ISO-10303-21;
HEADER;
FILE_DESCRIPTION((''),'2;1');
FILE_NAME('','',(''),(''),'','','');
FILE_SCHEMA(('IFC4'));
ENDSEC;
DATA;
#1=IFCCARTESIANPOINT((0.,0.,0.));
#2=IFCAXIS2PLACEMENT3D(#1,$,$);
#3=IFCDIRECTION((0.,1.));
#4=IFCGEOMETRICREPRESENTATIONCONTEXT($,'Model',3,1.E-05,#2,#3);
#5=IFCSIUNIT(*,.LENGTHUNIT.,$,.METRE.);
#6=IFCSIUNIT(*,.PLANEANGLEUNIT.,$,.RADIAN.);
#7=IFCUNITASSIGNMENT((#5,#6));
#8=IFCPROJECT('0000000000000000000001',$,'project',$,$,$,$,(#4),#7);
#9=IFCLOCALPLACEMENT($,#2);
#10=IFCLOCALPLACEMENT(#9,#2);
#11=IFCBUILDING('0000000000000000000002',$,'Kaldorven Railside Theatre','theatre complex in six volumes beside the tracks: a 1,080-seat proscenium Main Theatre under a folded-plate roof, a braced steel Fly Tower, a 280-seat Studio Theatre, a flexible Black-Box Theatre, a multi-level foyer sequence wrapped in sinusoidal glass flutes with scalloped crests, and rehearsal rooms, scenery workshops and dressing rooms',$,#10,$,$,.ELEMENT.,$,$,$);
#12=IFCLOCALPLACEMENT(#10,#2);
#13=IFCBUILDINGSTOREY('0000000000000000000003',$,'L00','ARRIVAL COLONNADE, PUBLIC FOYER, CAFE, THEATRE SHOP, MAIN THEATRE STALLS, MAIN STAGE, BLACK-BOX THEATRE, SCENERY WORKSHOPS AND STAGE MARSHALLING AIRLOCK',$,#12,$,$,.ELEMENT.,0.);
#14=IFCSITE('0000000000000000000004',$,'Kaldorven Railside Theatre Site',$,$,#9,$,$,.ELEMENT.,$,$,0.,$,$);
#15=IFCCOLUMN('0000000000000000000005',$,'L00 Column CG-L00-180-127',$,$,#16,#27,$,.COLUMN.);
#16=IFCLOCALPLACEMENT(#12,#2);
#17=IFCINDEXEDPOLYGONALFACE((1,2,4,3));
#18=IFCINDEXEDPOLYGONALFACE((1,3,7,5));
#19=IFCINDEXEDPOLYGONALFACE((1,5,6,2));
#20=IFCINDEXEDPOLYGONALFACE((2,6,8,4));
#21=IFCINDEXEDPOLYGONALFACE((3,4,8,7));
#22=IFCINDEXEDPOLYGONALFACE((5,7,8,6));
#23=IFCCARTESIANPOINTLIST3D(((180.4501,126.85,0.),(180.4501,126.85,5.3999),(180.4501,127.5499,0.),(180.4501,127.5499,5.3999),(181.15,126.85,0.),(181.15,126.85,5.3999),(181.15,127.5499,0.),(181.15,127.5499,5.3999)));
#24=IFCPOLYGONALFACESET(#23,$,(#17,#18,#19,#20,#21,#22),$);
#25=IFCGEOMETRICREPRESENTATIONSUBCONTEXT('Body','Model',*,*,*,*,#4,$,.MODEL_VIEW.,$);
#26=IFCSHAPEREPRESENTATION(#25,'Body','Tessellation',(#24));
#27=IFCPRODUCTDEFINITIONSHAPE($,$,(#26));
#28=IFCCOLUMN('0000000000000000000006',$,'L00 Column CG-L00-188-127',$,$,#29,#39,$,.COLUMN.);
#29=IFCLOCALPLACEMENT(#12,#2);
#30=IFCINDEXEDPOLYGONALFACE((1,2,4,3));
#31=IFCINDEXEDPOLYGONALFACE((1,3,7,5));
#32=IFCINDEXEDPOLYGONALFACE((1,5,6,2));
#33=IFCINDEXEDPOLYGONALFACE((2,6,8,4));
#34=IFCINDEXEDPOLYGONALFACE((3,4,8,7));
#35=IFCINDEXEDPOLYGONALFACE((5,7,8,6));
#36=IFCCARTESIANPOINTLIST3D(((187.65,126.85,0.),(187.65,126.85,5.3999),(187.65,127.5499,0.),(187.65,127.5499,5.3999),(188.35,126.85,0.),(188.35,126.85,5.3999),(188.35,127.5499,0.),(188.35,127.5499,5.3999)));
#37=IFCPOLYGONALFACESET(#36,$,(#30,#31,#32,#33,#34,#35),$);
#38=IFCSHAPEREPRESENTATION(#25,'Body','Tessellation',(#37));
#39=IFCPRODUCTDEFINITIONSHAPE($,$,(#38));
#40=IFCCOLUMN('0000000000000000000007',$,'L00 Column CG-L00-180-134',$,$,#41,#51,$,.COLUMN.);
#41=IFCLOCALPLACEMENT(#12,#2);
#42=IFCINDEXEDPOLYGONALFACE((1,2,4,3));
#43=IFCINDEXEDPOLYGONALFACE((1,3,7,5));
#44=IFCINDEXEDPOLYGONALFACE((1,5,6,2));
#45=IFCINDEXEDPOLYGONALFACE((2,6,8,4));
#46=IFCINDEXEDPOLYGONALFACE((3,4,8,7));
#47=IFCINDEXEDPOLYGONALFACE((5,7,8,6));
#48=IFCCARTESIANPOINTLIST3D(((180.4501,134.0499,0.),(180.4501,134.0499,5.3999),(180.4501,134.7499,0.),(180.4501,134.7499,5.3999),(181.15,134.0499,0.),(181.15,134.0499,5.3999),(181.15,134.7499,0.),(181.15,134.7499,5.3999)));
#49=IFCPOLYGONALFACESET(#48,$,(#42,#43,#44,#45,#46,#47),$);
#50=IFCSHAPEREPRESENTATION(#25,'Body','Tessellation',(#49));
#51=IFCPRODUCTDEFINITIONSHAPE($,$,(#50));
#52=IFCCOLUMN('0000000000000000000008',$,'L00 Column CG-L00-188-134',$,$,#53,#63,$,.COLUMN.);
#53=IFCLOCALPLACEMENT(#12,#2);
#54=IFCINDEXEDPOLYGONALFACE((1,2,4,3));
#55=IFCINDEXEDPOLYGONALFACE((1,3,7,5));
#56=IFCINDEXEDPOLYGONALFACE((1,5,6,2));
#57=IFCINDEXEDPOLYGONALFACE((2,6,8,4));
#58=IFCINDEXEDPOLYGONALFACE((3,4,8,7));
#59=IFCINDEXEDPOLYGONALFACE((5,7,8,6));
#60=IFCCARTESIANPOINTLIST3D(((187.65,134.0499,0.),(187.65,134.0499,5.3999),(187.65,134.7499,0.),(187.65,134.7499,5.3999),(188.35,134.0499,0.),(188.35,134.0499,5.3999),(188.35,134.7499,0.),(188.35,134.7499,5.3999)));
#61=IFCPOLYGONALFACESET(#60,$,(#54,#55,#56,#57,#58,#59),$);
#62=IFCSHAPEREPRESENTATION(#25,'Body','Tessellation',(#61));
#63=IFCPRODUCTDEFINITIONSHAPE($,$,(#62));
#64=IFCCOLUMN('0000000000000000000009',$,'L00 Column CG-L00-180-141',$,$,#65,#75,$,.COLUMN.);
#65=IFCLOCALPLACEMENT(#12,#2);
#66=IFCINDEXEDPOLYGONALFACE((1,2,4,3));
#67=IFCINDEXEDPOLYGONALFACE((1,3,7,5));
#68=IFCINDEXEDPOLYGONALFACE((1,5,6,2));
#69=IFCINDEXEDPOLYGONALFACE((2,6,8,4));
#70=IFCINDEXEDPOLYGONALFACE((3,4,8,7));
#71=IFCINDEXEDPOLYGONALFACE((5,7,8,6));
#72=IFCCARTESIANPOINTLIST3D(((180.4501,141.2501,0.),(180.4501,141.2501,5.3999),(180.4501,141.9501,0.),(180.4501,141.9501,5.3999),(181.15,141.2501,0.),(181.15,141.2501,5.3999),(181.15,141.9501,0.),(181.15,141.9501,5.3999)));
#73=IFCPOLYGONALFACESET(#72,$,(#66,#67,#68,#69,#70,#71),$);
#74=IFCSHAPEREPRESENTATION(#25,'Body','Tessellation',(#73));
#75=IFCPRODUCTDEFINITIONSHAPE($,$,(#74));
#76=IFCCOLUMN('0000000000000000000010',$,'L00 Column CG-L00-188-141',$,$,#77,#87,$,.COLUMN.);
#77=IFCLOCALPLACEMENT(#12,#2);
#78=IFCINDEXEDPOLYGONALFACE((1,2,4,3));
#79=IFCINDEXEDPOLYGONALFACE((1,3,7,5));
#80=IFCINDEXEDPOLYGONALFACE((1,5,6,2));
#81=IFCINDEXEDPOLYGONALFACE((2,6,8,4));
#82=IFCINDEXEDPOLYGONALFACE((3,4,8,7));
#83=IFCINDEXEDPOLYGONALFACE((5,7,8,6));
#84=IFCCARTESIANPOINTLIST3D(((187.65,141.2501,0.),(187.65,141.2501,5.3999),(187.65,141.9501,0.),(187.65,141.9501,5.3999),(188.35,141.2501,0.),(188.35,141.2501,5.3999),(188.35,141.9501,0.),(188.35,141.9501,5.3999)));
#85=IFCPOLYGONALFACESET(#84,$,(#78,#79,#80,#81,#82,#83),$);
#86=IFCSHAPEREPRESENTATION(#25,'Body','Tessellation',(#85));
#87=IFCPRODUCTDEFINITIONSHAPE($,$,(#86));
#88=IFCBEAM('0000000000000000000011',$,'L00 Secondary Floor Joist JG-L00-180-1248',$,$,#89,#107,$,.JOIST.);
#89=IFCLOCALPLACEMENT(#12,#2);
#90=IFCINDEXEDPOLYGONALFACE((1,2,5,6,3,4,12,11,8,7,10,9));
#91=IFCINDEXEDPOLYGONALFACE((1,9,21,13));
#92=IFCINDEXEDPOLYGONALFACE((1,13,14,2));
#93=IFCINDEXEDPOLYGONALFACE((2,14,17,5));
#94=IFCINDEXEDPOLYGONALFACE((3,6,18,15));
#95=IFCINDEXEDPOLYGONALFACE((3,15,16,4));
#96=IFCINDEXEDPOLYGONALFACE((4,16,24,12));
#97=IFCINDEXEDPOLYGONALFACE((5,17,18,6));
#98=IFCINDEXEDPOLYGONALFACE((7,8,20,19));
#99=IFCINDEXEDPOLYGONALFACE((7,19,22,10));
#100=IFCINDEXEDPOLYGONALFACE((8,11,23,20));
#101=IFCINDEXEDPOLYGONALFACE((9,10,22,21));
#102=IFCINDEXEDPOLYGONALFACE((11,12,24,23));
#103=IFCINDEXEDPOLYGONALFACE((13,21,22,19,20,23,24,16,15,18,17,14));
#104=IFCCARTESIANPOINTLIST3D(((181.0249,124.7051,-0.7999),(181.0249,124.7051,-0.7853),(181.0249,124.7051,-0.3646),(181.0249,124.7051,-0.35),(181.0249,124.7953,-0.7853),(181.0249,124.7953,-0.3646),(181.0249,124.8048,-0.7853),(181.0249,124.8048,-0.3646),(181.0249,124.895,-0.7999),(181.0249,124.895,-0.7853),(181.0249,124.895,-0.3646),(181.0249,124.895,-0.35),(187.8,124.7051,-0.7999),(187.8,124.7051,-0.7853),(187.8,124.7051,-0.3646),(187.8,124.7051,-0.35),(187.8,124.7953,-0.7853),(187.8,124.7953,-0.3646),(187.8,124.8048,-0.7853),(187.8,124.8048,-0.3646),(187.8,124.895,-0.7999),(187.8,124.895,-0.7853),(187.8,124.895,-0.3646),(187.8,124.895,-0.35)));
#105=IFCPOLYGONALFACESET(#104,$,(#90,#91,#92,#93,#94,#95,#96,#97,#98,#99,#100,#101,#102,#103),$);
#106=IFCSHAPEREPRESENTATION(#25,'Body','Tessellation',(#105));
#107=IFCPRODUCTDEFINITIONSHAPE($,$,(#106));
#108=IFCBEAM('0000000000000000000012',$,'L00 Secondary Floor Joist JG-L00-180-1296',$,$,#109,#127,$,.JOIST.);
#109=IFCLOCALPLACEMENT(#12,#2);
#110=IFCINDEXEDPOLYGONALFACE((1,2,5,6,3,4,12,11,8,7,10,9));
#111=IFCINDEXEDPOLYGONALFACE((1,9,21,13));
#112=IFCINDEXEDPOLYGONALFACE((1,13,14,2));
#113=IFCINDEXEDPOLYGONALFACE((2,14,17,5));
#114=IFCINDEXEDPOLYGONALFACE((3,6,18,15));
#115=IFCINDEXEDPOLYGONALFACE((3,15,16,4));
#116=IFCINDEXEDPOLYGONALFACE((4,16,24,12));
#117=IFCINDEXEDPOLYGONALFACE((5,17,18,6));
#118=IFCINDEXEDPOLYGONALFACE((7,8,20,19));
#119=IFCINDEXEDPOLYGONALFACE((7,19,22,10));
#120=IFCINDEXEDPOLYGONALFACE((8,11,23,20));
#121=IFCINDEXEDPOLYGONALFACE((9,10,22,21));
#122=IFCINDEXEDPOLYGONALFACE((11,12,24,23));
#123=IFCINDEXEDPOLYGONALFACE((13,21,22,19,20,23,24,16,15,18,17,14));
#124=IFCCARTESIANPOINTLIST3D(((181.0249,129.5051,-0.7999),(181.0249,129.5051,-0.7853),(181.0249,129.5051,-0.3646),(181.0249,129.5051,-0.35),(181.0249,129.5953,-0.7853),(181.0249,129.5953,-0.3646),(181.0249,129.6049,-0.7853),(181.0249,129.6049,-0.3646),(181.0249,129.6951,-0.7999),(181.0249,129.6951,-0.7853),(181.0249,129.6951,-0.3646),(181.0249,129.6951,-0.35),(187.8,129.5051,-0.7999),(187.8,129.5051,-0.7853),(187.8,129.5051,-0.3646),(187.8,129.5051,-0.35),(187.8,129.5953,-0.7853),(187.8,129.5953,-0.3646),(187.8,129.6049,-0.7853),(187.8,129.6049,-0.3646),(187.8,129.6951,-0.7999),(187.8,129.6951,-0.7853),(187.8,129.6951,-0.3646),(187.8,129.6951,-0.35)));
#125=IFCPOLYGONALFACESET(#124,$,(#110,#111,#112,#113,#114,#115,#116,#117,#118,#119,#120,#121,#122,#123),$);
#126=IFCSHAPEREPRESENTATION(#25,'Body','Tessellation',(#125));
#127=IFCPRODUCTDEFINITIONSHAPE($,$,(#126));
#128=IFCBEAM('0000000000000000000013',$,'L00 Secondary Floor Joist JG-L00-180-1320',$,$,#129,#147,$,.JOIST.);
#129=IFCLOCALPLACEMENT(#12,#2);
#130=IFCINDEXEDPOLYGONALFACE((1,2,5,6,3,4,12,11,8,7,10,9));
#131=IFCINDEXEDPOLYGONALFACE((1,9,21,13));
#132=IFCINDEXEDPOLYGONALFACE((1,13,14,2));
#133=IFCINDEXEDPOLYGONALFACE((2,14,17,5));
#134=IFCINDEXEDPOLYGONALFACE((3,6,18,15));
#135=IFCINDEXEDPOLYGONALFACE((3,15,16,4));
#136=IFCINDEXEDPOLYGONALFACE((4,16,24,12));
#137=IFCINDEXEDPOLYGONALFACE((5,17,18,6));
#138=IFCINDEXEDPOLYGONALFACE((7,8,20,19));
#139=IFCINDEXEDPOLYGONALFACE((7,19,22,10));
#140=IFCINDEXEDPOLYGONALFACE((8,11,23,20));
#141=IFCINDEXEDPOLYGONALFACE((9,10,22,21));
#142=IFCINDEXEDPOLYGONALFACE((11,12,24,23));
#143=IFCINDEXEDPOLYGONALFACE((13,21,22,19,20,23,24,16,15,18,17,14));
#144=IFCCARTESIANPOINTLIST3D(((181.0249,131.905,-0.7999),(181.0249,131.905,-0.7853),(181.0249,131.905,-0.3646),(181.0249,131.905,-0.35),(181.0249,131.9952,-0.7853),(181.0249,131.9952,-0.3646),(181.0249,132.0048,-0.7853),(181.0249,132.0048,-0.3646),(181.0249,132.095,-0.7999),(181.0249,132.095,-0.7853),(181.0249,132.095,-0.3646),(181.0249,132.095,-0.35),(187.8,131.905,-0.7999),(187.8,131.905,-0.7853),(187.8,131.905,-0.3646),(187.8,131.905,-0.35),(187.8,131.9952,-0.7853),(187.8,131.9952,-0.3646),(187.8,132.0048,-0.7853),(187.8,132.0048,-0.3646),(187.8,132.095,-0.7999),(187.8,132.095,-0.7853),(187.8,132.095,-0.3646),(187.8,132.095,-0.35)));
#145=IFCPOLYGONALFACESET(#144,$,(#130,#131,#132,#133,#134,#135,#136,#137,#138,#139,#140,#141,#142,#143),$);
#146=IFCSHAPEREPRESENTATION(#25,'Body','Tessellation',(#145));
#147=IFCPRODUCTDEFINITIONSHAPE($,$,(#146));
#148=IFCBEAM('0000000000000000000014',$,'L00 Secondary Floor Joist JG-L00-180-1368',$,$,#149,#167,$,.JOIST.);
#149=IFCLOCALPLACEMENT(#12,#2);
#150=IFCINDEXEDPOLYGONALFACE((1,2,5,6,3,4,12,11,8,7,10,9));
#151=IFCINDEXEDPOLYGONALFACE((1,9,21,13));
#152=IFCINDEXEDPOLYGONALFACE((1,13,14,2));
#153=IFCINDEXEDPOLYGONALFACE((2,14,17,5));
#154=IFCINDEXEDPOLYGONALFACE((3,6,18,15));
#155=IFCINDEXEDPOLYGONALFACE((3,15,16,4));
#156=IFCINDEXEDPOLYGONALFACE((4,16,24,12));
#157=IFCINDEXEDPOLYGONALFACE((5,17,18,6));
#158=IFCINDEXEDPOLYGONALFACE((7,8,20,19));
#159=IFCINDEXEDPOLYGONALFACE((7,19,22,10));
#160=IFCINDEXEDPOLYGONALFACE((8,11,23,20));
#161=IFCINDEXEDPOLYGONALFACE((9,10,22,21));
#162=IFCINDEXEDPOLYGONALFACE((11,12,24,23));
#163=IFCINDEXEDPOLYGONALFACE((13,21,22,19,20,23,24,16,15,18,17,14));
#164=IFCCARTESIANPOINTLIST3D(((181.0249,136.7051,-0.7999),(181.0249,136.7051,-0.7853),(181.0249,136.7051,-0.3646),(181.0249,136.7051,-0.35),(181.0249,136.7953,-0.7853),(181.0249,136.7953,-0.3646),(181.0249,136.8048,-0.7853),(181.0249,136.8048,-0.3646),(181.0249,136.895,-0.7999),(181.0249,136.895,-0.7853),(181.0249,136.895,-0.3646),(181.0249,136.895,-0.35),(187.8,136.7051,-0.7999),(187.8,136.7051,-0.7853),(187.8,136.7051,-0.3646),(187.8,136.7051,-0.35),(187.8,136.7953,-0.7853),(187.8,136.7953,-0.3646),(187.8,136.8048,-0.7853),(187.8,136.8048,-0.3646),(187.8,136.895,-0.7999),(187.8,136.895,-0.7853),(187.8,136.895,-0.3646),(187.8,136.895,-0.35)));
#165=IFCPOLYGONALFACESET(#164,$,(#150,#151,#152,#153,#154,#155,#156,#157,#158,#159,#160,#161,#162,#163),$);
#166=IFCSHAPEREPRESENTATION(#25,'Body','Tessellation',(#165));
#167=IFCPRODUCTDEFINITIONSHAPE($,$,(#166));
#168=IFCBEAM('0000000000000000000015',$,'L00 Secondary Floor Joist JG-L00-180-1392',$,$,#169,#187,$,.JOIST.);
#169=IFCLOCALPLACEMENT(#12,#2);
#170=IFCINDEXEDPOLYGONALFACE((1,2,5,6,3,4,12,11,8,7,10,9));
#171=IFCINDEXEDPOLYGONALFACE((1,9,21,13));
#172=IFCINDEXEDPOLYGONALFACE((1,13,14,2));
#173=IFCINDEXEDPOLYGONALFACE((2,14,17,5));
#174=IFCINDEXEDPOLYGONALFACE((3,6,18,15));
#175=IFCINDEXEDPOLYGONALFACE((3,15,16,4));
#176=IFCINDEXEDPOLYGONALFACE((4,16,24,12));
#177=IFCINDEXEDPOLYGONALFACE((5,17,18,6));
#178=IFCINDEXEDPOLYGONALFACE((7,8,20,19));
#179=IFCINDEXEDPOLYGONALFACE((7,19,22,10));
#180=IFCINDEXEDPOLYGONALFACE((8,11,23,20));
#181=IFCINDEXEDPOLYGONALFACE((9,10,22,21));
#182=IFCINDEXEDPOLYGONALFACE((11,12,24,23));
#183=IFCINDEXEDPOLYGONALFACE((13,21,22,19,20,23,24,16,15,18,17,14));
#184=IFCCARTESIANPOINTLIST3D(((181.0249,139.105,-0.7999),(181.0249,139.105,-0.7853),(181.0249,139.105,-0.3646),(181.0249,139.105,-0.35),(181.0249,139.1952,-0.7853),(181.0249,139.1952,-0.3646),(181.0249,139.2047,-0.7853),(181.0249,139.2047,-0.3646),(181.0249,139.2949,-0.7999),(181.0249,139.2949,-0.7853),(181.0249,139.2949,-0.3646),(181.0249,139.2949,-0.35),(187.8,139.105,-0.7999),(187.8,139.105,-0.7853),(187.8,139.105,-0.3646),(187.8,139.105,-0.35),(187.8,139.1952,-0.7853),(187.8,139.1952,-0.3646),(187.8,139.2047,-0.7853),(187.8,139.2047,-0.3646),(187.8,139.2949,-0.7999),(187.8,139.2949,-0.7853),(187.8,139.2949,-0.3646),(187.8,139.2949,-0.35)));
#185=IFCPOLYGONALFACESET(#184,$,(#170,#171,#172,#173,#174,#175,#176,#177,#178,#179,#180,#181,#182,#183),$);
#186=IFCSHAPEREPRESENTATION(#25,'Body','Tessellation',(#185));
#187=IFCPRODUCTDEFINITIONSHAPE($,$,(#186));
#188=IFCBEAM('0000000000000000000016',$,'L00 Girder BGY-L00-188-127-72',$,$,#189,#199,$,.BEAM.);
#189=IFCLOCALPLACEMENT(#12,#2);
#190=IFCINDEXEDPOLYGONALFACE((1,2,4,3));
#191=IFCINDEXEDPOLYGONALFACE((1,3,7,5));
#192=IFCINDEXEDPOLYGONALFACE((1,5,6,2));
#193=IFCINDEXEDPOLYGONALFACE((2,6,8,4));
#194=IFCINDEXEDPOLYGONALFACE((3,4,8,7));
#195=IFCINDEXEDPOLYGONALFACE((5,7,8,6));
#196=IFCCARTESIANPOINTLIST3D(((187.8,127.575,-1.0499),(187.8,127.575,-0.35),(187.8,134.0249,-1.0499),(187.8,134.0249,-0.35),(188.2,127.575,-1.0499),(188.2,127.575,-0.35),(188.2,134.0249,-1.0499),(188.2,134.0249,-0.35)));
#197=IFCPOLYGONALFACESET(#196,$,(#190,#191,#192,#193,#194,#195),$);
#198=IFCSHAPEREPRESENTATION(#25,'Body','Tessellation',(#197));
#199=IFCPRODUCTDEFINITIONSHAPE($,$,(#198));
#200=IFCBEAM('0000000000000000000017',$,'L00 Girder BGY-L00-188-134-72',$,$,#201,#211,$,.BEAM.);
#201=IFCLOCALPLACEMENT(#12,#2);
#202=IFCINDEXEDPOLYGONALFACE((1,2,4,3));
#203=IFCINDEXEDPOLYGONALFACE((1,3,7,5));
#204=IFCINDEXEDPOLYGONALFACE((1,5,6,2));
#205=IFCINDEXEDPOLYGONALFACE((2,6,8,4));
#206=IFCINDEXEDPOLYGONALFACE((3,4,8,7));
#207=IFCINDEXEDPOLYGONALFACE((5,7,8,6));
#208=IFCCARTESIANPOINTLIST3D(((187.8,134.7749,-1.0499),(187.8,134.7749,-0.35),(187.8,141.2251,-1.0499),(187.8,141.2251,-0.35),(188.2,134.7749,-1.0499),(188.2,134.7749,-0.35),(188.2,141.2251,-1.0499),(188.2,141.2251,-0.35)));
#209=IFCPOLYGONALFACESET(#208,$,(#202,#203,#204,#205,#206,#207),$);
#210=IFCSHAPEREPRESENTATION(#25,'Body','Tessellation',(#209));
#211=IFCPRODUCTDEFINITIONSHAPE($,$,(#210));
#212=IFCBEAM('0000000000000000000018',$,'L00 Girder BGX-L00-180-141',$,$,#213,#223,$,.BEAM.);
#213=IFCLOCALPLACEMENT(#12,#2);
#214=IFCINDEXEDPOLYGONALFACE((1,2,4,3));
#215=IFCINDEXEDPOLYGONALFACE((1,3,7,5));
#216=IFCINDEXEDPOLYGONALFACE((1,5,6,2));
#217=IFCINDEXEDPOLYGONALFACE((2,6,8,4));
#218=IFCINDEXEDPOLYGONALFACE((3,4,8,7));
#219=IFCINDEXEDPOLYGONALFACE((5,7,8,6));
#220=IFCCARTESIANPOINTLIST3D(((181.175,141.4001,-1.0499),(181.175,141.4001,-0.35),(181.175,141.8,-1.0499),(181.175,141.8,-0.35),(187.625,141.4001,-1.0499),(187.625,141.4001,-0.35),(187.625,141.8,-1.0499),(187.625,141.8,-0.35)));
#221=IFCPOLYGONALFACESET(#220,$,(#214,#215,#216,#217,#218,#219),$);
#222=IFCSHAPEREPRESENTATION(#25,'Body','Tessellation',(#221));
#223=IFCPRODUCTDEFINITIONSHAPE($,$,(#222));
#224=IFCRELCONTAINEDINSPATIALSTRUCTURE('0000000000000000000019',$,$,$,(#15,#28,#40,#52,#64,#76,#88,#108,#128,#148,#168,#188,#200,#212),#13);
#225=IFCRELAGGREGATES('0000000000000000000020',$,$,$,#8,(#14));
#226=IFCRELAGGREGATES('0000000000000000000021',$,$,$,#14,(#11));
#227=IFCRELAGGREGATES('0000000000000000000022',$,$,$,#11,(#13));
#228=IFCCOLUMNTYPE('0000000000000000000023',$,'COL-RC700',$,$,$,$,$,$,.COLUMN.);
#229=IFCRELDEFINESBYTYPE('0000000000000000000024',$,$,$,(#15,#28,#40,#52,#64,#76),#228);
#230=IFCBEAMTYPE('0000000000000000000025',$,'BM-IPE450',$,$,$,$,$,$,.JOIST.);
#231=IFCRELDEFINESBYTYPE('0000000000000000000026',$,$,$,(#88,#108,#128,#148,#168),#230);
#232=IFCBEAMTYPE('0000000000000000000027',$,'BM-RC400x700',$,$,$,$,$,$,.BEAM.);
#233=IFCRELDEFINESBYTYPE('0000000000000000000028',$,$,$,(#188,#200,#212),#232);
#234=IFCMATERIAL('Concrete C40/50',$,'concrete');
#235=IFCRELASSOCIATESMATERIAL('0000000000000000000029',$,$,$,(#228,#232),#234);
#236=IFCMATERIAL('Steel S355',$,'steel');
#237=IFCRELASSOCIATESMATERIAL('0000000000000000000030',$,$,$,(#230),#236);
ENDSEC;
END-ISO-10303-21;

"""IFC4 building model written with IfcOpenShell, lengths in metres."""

from ifc_helpers import new_model, si_unit, direction, frame, origin, origin_2d, place, context, subcontext, project, spatial, rectangle, i_section, extrude, material, material_profile, profile_set, type_object, element, save


model = new_model("IFC4")

# Units and contexts
model_context = context("Model", 3, precision=1e-05, world=origin(), true_north=direction((0.0, 1.0)))
body_context = subcontext(model_context, "Body", "Model", "MODEL_VIEW")
ifc_project = project(units=[si_unit("LENGTHUNIT", "METRE"), si_unit("PLANEANGLEUNIT", "RADIAN")], contexts=[model_context])

# Site, building, storey
site_placement = place(None, origin())
site = spatial("IfcSite", under=ifc_project, at=site_placement, Name="Kaldorven Railside Theatre Site", CompositionType="ELEMENT", RefElevation=0.0)
building_placement = place(site_placement, origin())
building = spatial("IfcBuilding", under=site, at=building_placement, Name="Kaldorven Railside Theatre", Description="theatre complex in six volumes beside the tracks: a 1,080-seat proscenium Main Theatre under a folded-plate roof, a braced steel Fly Tower, a 280-seat Studio Theatre, a flexible Black-Box Theatre, a multi-level foyer sequence wrapped in sinusoidal glass flutes with scalloped crests, and rehearsal rooms, scenery workshops and dressing rooms", CompositionType="ELEMENT")
storey_placement = place(building_placement, origin())
storey = spatial("IfcBuildingStorey", under=building, at=storey_placement, Name="L00", Description="ARRIVAL COLONNADE, PUBLIC FOYER, CAFE, THEATRE SHOP, MAIN THEATRE STALLS, MAIN STAGE, BLACK-BOX THEATRE, SCENERY WORKSHOPS AND STAGE MARSHALLING AIRLOCK", CompositionType="ELEMENT", Elevation=0.0)

# Columns
ifc_material_1 = material(Name="Concrete C40/50", Category="concrete")
ifc_material_profile_1 = material_profile(ifc_material_1, rectangle(XDim=0.7, YDim=0.7, at=origin_2d()), Name="RC 700x700")
ifc_profile_set_1 = profile_set([ifc_material_profile_1], Name="Concrete C40/50")
column_type = type_object("IfcColumnType", Name="COL-RC700", PredefinedType="COLUMN", material=ifc_profile_set_1)
for number, where, z_axis, x_axis, name in (
    (1, (180.8, 127.2, 0.0), (0.0, 0.0, 1.0), (1.0, 0.0, 0.0), "L00 Column CG-L00-180-127"),
    (2, (188.0, 127.2, 0.0), (0.0, 0.0, 1.0), (0.0, 1.0, 0.0), "L00 Column CG-L00-188-127"),
    (3, (180.8, 134.3999, 0.0), (0.0, 0.0, 1.0), (0.0, 1.0, 0.0), "L00 Column CG-L00-180-134"),
    (4, (188.0, 134.3999, 0.0), (0.0, 0.0, 1.0), (1.0, 0.0, 0.0), "L00 Column CG-L00-188-134"),
    (5, (180.8, 141.6001, 0.0), (0.0, 0.0, 1.0), (1.0, 0.0, 0.0), "L00 Column CG-L00-180-141"),
    (6, (188.0, 141.6001, 0.0), (0.0, 0.0, 1.0), (0.0, 1.0, 0.0), "L00 Column CG-L00-188-141"),
):
    element("IfcColumn", number, at=place(storey_placement, frame(where, z_axis=z_axis, x_axis=x_axis)), inside=storey, type_object=column_type, Name=name, PredefinedType="COLUMN", context=body_context, shape_type="SweptSolid", body=[
        extrude(rectangle(XDim=0.7, YDim=0.7, at=origin_2d()), origin(), (0.0, 0.0, 1.0), 5.3999),
    ])

# Beams
ifc_material_2 = material(Name="Steel S355", Category="steel")
ifc_material_profile_2 = material_profile(ifc_material_2, i_section(OverallWidth=0.1899, OverallDepth=0.45, WebThickness=0.0095, FlangeThickness=0.0146, at=origin_2d()), Name="IPE 450")
ifc_profile_set_2 = profile_set([ifc_material_profile_2], Name="Steel S355")
beam_type_1 = type_object("IfcBeamType", Name="BM-IPE450", PredefinedType="JOIST", material=ifc_profile_set_2)
for number, where, z_axis, x_axis, name in (
    (7, (181.0249, 124.8, -0.575), (1.0, 0.0, 0.0), (0.0, 1.0, 0.0), "L00 Secondary Floor Joist JG-L00-180-1248"),
    (8, (181.0249, 129.6001, -0.575), (1.0, 0.0, 0.0), (0.0, 1.0, 0.0), "L00 Secondary Floor Joist JG-L00-180-1296"),
    (9, (181.0249, 132.0, -0.575), (1.0, 0.0, 0.0), (0.0, 1.0, 0.0), "L00 Secondary Floor Joist JG-L00-180-1320"),
    (10, (181.0249, 136.8, -0.575), (1.0, 0.0, 0.0), (0.0, 1.0, 0.0), "L00 Secondary Floor Joist JG-L00-180-1368"),
    (11, (181.0249, 139.2, -0.575), (1.0, 0.0, 0.0), (0.0, 1.0, 0.0), "L00 Secondary Floor Joist JG-L00-180-1392"),
):
    element("IfcBeam", number, at=place(storey_placement, frame(where, z_axis=z_axis, x_axis=x_axis)), inside=storey, type_object=beam_type_1, Name=name, PredefinedType="JOIST", context=body_context, shape_type="SweptSolid", body=[
        extrude(i_section(OverallWidth=0.1899, OverallDepth=0.45, WebThickness=0.0095, FlangeThickness=0.0146, at=origin_2d()), origin(), (0.0, 0.0, 1.0), 6.7751),
    ])
ifc_material_profile_3 = material_profile(ifc_material_1, rectangle(XDim=0.3999, YDim=0.7, at=origin_2d()), Name="RC 400x700")
ifc_profile_set_3 = profile_set([ifc_material_profile_3], Name="Concrete C40/50")
beam_type_2 = type_object("IfcBeamType", Name="BM-RC400x700", PredefinedType="BEAM", material=ifc_profile_set_3)
beam_1_placement = place(storey_placement, frame((188.0, 127.575, -0.7), z_axis=(0.0, 1.0, 0.0), x_axis=(-1.0, 0.0, 0.0)))
element("IfcBeam", 12, at=beam_1_placement, inside=storey, type_object=beam_type_2, Name="L00 Girder BGY-L00-188-127-72", PredefinedType="BEAM", context=body_context, shape_type="SweptSolid", body=[
    extrude(rectangle(XDim=0.3999, YDim=0.7, at=origin_2d()), origin(), (0.0, 0.0, 1.0), 6.45),
])
beam_2_placement = place(storey_placement, frame((188.0, 134.7749, -0.7), z_axis=(0.0, 1.0, 0.0), x_axis=(-1.0, 0.0, 0.0)))
element("IfcBeam", 13, at=beam_2_placement, inside=storey, type_object=beam_type_2, Name="L00 Girder BGY-L00-188-134-72", PredefinedType="BEAM", context=body_context, shape_type="SweptSolid", body=[
    extrude(rectangle(XDim=0.3999, YDim=0.7, at=origin_2d()), origin(), (0.0, 0.0, 1.0), 6.4502),
])
beam_3_placement = place(storey_placement, frame((181.175, 141.6001, -0.7), z_axis=(1.0, 0.0, 0.0), x_axis=(0.0, 1.0, 0.0)))
element("IfcBeam", 14, at=beam_3_placement, inside=storey, type_object=beam_type_2, Name="L00 Girder BGX-L00-180-141", PredefinedType="BEAM", context=body_context, shape_type="SweptSolid", body=[
    extrude(rectangle(XDim=0.3999, YDim=0.7, at=origin_2d()), origin(), (0.0, 0.0, 1.0), 6.45),
])

save(model, "model.ifc")
